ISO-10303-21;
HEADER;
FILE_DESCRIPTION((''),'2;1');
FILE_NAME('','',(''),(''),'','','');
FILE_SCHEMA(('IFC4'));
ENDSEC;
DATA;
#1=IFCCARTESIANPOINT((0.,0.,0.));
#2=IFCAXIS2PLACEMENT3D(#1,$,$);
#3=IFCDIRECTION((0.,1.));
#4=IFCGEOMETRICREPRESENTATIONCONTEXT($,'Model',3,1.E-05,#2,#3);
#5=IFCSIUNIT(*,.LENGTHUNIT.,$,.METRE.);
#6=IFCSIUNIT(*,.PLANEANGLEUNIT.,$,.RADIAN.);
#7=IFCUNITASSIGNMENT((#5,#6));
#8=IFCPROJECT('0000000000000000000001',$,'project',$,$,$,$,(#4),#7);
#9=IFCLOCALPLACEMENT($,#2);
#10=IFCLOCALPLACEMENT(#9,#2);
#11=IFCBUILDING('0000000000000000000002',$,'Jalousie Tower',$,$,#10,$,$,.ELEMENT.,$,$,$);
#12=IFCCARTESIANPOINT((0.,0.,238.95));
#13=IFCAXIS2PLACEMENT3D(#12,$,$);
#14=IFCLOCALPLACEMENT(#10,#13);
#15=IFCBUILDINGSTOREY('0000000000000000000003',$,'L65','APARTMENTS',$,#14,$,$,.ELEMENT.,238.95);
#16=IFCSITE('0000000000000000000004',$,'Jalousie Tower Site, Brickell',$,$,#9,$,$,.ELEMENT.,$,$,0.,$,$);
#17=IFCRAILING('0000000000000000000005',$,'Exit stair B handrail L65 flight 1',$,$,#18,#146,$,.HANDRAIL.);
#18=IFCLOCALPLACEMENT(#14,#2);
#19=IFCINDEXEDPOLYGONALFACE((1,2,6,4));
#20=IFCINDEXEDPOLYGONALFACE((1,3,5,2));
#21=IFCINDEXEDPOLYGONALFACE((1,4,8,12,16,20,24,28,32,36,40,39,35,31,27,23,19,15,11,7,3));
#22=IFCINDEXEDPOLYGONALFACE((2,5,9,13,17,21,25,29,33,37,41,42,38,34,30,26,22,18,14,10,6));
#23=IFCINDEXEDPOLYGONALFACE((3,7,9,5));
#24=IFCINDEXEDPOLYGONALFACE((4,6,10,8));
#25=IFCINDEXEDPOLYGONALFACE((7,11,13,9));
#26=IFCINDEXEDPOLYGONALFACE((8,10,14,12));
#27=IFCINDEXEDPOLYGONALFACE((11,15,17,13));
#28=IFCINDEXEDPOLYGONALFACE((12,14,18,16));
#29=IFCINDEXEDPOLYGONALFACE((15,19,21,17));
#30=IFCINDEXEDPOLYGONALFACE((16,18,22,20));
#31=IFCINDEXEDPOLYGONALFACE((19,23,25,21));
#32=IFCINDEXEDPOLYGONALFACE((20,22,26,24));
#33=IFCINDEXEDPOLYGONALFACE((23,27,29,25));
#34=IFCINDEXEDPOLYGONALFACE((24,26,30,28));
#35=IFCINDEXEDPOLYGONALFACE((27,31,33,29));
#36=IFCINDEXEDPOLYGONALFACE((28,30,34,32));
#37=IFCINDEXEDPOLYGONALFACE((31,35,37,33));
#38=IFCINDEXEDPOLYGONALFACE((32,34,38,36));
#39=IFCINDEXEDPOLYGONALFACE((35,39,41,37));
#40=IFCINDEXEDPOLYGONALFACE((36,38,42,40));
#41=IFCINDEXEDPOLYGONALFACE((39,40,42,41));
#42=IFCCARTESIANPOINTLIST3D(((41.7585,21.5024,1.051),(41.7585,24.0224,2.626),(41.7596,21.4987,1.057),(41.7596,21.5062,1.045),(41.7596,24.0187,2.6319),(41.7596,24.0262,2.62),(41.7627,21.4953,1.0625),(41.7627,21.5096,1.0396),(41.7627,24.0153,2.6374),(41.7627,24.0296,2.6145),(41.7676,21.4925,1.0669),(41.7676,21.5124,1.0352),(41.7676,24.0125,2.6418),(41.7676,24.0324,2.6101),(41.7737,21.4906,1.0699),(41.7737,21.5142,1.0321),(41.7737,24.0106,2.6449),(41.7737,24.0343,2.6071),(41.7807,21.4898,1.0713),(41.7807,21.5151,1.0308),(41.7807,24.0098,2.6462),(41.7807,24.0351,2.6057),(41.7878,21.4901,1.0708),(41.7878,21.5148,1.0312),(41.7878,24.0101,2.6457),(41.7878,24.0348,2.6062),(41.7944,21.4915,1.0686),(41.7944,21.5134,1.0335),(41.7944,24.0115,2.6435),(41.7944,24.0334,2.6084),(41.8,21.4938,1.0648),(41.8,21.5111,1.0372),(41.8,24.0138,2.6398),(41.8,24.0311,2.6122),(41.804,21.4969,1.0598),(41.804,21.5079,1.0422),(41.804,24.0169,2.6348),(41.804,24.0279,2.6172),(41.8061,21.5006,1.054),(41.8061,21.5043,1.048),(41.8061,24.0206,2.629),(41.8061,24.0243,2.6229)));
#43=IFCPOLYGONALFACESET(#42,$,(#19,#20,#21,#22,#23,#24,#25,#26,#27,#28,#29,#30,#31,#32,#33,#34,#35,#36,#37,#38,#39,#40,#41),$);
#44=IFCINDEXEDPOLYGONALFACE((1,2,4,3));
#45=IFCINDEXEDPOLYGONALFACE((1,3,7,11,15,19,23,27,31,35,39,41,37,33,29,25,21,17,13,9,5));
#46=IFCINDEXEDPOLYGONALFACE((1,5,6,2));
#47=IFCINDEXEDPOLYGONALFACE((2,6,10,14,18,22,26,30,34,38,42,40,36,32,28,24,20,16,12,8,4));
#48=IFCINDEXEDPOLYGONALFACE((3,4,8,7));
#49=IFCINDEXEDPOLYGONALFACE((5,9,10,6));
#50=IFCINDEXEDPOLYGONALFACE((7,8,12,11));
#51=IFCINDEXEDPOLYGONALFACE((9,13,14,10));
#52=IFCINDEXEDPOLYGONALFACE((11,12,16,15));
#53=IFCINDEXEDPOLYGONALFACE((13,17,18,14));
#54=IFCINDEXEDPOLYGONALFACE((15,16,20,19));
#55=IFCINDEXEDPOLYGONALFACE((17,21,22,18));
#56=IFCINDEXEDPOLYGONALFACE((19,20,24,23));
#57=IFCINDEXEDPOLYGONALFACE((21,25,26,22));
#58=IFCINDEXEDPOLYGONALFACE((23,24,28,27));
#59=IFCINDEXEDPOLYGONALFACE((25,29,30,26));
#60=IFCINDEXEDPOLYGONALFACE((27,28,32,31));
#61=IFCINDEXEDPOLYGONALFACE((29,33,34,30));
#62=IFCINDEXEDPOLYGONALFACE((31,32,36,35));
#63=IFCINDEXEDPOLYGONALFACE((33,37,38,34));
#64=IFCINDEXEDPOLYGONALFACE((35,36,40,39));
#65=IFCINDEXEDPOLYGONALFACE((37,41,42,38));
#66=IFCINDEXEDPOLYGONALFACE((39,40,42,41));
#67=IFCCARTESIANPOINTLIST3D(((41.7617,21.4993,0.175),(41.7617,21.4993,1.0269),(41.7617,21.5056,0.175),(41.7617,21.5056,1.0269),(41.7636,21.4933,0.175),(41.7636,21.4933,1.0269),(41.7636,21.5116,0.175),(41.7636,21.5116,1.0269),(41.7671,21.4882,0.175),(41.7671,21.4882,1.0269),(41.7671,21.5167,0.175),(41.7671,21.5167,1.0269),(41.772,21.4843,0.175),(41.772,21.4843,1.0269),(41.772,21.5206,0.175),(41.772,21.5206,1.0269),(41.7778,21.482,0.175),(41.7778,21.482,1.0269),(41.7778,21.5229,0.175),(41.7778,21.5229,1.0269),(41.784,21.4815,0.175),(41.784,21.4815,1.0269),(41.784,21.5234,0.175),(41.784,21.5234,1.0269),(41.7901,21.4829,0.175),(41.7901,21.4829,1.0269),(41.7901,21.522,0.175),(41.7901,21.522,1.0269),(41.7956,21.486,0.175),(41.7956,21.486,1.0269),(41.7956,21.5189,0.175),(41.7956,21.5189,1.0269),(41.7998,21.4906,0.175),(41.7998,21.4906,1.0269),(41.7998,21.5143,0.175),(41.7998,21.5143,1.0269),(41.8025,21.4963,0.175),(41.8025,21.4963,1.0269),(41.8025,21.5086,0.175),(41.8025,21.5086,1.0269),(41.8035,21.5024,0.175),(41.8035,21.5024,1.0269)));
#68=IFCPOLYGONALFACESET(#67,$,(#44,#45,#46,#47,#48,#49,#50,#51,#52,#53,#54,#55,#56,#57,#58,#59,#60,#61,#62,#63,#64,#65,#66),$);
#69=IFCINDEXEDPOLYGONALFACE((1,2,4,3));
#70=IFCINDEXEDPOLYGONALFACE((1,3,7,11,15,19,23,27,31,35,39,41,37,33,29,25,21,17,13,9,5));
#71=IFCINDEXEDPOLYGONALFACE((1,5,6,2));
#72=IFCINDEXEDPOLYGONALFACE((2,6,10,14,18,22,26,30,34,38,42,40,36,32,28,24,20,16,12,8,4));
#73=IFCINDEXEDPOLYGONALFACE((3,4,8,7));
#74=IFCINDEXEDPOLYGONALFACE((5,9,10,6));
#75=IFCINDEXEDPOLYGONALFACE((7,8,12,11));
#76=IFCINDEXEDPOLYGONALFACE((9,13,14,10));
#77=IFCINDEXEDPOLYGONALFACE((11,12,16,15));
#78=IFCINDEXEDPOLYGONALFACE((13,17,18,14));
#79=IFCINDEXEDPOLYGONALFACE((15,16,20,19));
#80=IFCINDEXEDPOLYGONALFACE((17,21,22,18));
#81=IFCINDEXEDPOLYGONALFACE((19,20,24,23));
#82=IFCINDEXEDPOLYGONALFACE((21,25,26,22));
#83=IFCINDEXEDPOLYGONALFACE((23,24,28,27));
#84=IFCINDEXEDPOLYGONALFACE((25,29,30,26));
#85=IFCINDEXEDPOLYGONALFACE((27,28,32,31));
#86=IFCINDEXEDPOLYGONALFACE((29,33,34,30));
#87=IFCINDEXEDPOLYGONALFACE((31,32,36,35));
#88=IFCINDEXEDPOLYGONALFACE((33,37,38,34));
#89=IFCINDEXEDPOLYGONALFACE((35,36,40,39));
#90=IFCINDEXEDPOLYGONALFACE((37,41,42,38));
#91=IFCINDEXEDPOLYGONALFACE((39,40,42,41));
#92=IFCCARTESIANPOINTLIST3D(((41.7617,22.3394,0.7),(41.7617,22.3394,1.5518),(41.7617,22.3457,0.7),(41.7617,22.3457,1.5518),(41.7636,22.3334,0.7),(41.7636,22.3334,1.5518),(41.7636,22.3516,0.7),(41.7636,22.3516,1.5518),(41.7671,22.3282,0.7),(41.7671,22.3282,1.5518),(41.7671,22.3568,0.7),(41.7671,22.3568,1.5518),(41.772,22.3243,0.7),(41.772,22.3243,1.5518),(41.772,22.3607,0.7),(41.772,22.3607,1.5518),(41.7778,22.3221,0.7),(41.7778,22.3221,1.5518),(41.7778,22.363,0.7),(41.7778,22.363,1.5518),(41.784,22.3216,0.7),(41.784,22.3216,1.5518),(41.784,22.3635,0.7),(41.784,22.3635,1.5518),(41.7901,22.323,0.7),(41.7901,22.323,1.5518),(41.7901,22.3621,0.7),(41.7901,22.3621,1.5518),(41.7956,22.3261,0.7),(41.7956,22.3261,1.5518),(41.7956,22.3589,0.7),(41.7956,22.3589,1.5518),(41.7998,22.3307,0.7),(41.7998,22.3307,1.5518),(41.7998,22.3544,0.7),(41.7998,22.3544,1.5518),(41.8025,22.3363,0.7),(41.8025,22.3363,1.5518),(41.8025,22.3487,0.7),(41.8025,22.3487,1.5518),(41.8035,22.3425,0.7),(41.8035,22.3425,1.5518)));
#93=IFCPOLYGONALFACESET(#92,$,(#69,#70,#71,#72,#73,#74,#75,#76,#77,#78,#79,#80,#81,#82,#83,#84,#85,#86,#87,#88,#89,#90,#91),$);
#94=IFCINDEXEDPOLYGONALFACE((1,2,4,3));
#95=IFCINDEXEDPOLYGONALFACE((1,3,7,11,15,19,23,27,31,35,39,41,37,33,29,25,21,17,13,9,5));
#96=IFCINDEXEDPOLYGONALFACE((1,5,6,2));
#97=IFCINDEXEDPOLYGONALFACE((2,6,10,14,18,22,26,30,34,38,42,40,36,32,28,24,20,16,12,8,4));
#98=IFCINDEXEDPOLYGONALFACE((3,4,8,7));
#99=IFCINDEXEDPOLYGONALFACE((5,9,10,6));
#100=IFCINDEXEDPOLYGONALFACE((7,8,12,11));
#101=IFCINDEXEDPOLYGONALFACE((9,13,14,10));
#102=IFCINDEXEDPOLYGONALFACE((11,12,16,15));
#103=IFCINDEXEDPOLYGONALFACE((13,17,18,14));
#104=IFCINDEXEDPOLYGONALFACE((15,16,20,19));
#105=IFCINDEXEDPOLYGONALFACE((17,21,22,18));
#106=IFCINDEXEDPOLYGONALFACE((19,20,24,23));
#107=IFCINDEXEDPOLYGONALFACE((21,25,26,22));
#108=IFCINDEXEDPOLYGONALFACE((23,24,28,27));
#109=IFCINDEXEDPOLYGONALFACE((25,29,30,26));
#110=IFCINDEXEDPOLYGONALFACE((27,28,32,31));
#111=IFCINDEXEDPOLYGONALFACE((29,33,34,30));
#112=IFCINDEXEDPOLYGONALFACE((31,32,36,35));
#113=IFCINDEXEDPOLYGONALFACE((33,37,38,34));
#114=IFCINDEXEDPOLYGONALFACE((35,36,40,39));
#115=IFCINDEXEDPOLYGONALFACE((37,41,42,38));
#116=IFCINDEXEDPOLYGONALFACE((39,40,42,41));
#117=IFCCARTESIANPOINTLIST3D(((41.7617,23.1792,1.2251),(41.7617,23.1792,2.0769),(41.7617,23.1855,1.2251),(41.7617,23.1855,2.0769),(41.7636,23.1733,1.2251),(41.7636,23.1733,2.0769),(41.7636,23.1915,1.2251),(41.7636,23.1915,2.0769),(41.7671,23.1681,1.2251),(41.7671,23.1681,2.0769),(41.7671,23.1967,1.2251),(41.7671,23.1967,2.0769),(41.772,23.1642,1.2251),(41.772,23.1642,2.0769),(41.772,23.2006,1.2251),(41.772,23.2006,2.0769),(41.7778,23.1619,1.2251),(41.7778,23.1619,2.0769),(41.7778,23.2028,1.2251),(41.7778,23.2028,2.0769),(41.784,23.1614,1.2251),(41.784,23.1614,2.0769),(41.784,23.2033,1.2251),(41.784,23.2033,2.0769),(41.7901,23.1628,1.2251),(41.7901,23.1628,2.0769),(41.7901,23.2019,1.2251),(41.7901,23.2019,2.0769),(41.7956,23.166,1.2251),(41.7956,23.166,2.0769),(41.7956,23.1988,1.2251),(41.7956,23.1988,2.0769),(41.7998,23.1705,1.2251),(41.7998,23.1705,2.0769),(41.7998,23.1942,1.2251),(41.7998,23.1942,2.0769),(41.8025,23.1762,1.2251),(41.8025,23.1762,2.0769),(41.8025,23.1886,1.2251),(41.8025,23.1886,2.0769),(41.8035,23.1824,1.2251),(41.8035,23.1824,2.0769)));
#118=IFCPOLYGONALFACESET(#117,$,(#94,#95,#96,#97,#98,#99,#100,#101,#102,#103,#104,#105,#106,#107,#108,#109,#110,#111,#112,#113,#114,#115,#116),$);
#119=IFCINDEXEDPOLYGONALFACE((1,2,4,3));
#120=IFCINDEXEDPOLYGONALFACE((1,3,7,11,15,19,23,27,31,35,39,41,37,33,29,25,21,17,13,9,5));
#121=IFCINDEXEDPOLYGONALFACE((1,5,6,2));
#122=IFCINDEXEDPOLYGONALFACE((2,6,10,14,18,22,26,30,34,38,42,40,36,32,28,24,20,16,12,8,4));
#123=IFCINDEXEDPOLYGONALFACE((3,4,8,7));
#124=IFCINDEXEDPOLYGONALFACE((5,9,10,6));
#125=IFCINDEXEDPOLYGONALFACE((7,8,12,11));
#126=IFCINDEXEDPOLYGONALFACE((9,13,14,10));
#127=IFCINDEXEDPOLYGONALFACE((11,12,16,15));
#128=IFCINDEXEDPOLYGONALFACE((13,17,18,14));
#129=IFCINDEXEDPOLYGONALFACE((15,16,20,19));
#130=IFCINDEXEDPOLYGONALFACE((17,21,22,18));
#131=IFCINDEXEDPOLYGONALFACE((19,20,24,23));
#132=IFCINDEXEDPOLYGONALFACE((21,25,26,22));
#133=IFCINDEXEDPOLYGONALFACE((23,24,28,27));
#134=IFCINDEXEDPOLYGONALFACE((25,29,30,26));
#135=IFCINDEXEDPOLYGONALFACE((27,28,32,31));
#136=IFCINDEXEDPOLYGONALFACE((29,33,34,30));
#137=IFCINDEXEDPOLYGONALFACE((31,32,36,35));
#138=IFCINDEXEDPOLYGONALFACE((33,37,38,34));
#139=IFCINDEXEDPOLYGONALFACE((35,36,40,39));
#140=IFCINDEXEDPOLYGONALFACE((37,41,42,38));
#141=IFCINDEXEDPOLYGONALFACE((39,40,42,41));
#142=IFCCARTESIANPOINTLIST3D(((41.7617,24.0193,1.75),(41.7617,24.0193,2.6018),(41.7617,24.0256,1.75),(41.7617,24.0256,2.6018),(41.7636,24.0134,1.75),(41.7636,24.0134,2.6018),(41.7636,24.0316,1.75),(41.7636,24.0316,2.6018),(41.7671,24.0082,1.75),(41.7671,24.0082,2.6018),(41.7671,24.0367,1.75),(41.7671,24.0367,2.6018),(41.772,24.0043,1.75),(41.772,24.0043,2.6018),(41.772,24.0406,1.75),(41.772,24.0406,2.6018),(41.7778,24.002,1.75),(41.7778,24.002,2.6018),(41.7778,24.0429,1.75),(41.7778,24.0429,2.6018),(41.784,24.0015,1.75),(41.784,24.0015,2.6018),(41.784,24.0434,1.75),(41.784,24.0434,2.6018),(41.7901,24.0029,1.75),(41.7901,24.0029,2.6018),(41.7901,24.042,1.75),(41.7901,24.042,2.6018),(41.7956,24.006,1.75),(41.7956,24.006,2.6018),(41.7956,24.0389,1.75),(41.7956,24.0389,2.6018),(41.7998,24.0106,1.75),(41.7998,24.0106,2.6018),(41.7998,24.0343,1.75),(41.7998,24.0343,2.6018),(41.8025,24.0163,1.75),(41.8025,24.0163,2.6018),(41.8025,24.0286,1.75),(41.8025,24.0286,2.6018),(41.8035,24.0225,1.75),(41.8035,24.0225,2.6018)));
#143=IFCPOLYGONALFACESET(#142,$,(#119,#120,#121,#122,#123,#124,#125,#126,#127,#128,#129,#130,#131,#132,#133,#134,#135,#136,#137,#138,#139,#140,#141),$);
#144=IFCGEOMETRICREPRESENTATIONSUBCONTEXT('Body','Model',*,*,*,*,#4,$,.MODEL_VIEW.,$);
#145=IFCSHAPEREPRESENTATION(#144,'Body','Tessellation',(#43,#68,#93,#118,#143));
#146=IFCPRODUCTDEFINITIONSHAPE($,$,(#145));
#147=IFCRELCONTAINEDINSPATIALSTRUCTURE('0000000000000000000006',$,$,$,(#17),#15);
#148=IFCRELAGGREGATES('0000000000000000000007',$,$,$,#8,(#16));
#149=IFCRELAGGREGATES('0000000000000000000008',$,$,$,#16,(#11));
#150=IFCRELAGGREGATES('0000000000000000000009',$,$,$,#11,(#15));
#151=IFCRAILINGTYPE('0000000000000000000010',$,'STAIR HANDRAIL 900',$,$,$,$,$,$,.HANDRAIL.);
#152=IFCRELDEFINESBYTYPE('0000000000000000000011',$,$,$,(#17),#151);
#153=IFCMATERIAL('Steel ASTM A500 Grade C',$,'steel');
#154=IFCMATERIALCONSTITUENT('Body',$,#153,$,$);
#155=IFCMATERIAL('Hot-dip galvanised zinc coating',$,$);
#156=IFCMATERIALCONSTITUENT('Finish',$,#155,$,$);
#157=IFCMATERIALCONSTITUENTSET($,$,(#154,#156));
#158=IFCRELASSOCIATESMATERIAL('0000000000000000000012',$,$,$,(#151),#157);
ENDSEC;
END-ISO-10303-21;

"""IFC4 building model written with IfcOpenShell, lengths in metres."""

from ifc_helpers import new_model, si_unit, direction, frame, origin, origin_2d, place, context, subcontext, project, spatial, circle, extrude, material, constituent, constituent_set, type_object, element, save


model = new_model("IFC4")

# Units and contexts
model_context = context("Model", 3, precision=1e-05, world=origin(), true_north=direction((0.0, 1.0)))
body_context = subcontext(model_context, "Body", "Model", "MODEL_VIEW")
ifc_project = project(units=[si_unit("LENGTHUNIT", "METRE"), si_unit("PLANEANGLEUNIT", "RADIAN")], contexts=[model_context])

# Site, building, storey
site_placement = place(None, origin())
site = spatial("IfcSite", under=ifc_project, at=site_placement, Name="Jalousie Tower Site, Brickell", CompositionType="ELEMENT", RefElevation=0.0)
building_placement = place(site_placement, origin())
building = spatial("IfcBuilding", under=site, at=building_placement, Name="Jalousie Tower", CompositionType="ELEMENT")
storey_placement = place(building_placement, frame((0.0, 0.0, 238.95)))
storey = spatial("IfcBuildingStorey", under=building, at=storey_placement, Name="L65", Description="APARTMENTS", CompositionType="ELEMENT", Elevation=238.95)

# Railing
ifc_material_1 = material(Name="Steel ASTM A500 Grade C", Category="steel")
ifc_constituent_1 = constituent(ifc_material_1, Name="Body")
ifc_material_2 = material(Name="Hot-dip galvanised zinc coating")
ifc_constituent_2 = constituent(ifc_material_2, Name="Finish")
ifc_constituent_set_1 = constituent_set(constituents=[ifc_constituent_1, ifc_constituent_2])
railing_type_1 = type_object("IfcRailingType", Name="STAIR HANDRAIL 900", PredefinedType="HANDRAIL", material=ifc_constituent_set_1)
railing_1_placement = place(storey_placement, frame((41.7825, 21.5024, 0.175)))
element("IfcRailing", 1, at=railing_1_placement, inside=storey, type_object=railing_type_1, Name="Exit stair B handrail L65 flight 1", PredefinedType="HANDRAIL", context=body_context, shape_type="SweptSolid", body=[
    extrude(circle(Radius=0.0239, at=origin_2d()), frame((0.0, 0.0, 0.876), z_axis=(0.0, 0.848008, 0.529984), x_axis=(-1.0, 0.0, 0.0)), (0.0, 0.0, 1.0), 2.9717),
    extrude(circle(Radius=0.021, at=origin_2d()), origin(), (0.0, 0.0, 1.0), 0.8518),
    extrude(circle(Radius=0.021, at=origin_2d()), frame((0.0, 0.8401, 0.5249)), (0.0, 0.0, 1.0), 0.8518),
    extrude(circle(Radius=0.021, at=origin_2d()), frame((0.0, 1.6799, 1.05)), (0.0, 0.0, 1.0), 0.8518),
    extrude(circle(Radius=0.021, at=origin_2d()), frame((0.0, 2.52, 1.575)), (0.0, 0.0, 1.0), 0.8518),
])

save(model, "model.ifc")
